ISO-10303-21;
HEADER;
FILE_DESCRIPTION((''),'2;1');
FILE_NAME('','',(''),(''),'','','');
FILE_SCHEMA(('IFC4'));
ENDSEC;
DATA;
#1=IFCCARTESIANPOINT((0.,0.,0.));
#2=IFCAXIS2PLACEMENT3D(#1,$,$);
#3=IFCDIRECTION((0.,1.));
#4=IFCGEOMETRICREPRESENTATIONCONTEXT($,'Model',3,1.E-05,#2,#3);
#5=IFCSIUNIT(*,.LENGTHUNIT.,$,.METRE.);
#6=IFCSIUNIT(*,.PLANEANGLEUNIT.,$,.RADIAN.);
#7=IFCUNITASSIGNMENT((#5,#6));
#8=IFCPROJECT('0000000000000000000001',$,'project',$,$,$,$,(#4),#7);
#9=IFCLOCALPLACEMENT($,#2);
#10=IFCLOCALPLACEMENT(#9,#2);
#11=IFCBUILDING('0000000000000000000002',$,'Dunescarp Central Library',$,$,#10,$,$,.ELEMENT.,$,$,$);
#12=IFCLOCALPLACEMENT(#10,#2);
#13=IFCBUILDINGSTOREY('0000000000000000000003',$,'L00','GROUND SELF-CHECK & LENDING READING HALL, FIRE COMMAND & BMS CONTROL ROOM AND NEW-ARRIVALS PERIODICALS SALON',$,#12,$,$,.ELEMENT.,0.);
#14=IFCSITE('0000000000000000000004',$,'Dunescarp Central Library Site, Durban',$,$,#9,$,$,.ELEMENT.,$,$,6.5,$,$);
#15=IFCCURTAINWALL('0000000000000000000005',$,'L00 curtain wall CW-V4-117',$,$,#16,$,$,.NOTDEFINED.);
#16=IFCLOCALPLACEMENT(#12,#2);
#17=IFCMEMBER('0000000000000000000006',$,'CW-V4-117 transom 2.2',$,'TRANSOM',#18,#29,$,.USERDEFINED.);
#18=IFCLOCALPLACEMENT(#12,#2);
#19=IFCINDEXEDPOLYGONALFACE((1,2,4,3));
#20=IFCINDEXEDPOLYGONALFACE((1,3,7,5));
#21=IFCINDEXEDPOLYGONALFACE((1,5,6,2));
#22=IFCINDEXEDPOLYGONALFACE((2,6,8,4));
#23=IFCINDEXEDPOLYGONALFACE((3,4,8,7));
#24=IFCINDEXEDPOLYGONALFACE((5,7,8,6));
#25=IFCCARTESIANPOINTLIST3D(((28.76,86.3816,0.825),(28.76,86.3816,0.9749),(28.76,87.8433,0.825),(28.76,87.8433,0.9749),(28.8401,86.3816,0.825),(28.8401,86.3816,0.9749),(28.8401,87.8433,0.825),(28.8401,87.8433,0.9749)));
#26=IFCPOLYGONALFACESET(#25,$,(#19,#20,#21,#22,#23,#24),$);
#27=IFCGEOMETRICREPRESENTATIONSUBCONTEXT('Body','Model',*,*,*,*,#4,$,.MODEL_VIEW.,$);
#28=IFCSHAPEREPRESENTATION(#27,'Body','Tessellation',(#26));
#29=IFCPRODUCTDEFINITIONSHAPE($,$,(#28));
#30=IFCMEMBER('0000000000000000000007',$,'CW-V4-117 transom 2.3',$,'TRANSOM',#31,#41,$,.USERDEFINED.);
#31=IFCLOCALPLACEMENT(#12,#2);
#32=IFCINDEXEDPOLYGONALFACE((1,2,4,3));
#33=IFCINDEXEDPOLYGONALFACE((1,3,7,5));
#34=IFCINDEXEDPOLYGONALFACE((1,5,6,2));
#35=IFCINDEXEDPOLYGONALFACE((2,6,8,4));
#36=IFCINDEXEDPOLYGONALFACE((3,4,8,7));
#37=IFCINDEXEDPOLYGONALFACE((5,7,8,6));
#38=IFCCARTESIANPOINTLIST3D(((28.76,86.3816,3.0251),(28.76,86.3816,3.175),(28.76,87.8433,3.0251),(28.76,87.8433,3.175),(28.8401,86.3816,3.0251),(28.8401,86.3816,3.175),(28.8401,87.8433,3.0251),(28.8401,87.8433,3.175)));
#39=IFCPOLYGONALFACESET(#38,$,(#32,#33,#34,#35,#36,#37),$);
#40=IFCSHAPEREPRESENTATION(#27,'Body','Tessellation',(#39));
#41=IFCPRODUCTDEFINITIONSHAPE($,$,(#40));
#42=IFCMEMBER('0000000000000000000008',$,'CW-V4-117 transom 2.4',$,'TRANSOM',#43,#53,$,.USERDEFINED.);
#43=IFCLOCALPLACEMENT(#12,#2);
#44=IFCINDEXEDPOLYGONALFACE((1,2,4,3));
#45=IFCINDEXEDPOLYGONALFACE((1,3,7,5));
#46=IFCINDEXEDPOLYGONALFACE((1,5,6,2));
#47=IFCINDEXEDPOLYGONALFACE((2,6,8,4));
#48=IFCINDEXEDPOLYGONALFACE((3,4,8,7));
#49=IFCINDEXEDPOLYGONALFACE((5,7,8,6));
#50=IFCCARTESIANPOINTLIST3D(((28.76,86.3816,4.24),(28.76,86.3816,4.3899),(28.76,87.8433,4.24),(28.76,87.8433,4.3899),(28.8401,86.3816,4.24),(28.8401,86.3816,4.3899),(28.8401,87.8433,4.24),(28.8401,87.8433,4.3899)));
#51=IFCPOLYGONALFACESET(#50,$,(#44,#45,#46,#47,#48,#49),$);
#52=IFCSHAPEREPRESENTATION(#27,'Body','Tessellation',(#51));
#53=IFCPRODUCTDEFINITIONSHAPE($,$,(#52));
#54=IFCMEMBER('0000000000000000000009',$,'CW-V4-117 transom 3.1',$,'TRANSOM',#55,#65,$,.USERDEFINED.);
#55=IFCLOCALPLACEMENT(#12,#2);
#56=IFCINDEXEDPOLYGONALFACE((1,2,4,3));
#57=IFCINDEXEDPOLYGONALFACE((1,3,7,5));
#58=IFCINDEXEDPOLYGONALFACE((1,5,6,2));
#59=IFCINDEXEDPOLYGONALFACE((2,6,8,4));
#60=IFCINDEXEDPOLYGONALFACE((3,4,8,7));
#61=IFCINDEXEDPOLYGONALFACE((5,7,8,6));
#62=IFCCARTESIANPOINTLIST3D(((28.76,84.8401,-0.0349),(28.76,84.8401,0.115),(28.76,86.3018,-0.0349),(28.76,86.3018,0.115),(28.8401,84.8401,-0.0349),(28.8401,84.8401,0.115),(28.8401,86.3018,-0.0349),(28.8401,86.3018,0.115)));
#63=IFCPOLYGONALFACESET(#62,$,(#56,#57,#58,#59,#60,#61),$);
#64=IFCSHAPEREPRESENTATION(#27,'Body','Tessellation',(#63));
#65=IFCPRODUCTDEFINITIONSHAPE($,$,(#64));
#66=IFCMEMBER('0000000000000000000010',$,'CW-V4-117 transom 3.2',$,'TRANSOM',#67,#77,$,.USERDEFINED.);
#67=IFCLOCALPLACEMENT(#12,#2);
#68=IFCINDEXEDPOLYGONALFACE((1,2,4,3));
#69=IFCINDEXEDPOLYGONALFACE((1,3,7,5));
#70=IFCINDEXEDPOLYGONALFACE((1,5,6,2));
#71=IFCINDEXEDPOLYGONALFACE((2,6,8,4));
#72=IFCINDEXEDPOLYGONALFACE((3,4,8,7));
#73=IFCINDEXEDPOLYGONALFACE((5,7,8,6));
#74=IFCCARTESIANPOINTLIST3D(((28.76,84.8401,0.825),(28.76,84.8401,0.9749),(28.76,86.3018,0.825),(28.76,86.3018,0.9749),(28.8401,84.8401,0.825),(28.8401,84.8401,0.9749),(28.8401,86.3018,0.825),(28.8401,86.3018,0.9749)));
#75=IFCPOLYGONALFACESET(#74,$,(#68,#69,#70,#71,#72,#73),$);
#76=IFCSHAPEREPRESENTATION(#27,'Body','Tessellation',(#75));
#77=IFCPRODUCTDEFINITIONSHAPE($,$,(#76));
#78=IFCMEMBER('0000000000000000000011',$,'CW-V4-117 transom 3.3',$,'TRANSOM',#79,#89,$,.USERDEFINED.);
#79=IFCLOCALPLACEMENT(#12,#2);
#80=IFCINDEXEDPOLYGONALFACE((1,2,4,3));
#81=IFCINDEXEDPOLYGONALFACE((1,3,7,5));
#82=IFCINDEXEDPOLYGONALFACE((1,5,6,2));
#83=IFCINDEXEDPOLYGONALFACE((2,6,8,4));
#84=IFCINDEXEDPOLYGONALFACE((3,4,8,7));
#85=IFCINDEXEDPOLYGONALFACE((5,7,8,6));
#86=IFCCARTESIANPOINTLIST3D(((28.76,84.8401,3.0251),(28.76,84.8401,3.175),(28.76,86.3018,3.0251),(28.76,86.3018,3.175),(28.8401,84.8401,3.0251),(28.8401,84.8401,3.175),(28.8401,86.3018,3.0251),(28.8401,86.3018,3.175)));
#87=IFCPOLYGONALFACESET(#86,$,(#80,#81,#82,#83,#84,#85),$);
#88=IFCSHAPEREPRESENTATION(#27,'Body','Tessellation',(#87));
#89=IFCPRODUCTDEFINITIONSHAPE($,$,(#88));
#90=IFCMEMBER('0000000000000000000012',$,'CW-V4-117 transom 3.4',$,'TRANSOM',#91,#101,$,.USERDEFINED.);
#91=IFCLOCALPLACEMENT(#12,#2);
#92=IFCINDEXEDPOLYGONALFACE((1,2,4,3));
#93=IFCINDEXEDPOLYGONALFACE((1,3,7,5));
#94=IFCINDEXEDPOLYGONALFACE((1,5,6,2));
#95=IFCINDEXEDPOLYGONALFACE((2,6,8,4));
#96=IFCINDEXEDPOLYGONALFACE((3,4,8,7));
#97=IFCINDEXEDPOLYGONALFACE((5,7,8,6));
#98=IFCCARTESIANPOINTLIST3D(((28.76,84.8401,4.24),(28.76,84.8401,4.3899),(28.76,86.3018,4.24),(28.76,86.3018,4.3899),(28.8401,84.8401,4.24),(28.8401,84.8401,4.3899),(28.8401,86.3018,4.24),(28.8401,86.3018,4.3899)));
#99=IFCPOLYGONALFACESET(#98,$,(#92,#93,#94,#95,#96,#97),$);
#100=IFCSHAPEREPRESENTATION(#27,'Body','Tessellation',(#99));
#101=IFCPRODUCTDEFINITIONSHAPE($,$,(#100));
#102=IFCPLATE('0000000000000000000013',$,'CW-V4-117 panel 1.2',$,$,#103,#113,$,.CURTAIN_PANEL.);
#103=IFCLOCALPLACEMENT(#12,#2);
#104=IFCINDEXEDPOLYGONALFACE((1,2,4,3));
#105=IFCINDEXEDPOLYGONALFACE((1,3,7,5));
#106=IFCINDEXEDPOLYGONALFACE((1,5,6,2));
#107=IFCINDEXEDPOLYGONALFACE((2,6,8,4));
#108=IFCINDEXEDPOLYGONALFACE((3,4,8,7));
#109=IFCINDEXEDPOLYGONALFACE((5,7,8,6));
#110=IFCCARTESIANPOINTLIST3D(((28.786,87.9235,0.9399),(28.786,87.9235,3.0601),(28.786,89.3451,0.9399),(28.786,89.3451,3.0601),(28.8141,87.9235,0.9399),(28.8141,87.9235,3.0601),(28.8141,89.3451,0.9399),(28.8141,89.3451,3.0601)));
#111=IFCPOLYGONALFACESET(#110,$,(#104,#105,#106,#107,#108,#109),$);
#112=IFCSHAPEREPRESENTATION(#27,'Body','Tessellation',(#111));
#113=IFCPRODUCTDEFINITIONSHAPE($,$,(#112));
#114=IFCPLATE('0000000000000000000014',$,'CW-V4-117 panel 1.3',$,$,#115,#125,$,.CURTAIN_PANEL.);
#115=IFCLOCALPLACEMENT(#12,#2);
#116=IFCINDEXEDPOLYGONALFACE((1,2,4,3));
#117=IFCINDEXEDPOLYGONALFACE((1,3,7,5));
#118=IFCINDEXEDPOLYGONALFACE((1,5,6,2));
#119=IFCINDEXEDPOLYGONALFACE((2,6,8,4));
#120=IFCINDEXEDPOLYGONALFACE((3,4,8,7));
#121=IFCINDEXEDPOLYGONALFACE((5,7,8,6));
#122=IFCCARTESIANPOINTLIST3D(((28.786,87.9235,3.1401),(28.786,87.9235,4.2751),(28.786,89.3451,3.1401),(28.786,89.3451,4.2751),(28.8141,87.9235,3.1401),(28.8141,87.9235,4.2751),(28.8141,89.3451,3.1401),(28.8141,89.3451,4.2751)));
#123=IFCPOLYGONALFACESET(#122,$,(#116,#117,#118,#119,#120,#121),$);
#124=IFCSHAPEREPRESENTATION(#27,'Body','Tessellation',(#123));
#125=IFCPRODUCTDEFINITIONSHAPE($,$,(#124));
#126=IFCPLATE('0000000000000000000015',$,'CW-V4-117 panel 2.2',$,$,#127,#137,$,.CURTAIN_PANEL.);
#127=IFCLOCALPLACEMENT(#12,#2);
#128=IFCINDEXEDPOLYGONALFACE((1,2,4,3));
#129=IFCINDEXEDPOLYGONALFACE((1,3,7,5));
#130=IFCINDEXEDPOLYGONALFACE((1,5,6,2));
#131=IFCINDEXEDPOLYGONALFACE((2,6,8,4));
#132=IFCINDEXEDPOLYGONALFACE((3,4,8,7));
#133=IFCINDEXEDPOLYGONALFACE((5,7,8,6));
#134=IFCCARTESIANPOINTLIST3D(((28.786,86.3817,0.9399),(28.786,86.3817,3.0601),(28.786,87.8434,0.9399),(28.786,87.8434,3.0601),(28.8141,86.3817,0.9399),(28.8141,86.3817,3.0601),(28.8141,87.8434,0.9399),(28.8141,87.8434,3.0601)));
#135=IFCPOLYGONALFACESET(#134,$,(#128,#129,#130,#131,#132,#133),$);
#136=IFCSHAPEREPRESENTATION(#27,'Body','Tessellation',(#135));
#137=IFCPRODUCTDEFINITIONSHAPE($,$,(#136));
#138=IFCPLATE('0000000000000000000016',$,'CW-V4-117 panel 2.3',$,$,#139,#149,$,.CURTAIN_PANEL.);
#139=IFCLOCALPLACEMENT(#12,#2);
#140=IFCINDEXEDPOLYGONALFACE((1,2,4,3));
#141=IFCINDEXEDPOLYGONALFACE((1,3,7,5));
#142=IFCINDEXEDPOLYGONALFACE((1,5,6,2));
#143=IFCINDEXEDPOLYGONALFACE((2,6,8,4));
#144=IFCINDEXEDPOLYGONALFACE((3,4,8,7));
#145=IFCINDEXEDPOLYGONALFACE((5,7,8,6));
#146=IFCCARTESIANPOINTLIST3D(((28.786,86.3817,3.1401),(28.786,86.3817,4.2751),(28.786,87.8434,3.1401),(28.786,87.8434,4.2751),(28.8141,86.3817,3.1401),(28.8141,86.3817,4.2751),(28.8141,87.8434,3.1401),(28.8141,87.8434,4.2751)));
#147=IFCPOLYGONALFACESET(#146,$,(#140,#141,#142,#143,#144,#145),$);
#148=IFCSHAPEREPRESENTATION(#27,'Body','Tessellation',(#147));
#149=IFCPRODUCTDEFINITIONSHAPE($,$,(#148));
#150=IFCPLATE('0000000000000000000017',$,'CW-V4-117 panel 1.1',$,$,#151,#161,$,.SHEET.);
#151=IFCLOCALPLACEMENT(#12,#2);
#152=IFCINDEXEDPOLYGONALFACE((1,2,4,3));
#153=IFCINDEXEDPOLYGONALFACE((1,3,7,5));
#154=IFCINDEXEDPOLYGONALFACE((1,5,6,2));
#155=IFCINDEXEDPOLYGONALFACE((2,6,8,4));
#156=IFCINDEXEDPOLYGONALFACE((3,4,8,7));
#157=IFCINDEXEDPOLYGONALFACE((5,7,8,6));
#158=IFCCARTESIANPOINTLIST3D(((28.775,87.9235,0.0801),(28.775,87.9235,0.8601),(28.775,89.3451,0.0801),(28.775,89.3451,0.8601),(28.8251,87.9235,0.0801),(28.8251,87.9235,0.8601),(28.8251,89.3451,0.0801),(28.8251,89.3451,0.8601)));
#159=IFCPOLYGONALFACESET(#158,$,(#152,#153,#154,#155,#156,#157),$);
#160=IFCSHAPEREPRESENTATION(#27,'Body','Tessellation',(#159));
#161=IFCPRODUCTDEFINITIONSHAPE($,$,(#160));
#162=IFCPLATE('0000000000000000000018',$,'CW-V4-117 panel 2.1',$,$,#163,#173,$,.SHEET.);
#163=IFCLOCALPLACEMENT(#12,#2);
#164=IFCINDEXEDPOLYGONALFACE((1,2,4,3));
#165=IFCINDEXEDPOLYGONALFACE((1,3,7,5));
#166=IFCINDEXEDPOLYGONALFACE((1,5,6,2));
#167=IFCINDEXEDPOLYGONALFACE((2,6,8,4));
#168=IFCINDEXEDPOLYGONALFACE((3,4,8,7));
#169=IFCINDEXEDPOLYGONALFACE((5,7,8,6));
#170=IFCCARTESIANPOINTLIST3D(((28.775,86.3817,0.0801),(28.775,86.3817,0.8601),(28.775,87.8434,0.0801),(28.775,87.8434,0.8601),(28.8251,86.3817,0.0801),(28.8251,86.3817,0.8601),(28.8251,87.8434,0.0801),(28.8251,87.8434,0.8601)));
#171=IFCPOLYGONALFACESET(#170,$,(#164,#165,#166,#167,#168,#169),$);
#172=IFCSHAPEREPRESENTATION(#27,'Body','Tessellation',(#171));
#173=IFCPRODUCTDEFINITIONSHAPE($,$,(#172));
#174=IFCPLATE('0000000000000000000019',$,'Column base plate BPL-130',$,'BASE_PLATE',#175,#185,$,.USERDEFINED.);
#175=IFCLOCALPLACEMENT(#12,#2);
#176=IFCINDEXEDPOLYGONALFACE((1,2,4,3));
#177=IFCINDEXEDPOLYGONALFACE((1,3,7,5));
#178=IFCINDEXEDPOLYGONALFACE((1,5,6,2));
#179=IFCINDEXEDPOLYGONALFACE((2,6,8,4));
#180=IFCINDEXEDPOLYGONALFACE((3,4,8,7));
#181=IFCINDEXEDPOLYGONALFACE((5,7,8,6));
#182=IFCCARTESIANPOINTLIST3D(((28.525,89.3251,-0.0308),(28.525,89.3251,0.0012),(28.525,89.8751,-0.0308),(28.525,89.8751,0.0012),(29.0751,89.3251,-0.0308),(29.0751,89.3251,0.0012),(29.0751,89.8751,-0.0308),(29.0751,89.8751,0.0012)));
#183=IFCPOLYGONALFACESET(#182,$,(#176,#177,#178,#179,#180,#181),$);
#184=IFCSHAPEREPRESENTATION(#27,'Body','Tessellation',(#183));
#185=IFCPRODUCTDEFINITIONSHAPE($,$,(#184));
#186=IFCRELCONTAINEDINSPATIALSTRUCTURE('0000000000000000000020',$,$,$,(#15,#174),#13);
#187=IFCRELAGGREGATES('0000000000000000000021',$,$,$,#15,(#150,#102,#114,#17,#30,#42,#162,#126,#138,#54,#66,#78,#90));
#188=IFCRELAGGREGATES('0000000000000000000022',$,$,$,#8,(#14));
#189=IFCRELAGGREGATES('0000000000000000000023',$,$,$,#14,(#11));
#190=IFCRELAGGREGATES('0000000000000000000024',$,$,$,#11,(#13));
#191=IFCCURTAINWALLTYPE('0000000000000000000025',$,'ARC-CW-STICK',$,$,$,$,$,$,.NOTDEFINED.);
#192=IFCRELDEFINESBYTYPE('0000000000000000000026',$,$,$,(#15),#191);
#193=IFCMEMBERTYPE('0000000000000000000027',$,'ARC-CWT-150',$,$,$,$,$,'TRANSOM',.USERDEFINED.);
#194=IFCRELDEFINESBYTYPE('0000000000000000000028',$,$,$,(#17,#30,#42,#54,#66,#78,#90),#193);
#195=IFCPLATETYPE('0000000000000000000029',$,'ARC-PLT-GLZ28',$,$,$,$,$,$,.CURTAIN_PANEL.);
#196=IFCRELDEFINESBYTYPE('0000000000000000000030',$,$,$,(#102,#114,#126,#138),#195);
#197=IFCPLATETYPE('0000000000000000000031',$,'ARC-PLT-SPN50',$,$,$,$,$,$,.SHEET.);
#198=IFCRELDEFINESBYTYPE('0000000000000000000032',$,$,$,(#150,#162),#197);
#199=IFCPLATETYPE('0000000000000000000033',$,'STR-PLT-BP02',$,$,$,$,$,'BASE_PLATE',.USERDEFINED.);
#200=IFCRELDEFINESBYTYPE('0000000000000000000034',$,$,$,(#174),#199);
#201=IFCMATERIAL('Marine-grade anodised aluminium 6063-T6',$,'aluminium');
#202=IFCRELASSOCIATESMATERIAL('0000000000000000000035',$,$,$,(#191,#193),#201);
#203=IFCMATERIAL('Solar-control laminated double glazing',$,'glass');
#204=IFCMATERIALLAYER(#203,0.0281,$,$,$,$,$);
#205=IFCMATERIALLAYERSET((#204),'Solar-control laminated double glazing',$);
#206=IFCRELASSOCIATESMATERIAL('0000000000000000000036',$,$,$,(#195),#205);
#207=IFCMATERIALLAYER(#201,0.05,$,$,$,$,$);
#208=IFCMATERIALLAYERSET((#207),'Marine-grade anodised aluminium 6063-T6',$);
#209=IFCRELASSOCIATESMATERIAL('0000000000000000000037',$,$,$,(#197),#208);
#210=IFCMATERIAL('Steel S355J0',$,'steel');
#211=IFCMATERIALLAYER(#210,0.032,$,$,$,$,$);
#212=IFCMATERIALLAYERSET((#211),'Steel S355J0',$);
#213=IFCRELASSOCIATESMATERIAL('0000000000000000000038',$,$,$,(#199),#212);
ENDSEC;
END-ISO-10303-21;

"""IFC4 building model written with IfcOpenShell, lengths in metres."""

from ifc_helpers import new_model, si_unit, direction, frame, origin, origin_2d, place, context, subcontext, project, spatial, rectangle, extrude, material, layer, layer_set, material_profile, profile_set, type_object, element, aggregate, save


model = new_model("IFC4")

# Units and contexts
model_context = context("Model", 3, precision=1e-05, world=origin(), true_north=direction((0.0, 1.0)))
body_context = subcontext(model_context, "Body", "Model", "MODEL_VIEW")
ifc_project = project(units=[si_unit("LENGTHUNIT", "METRE"), si_unit("PLANEANGLEUNIT", "RADIAN")], contexts=[model_context])

# Site, building, storey
site_placement = place(None, origin())
site = spatial("IfcSite", under=ifc_project, at=site_placement, Name="Dunescarp Central Library Site, Durban", CompositionType="ELEMENT", RefElevation=6.5)
building_placement = place(site_placement, origin())
building = spatial("IfcBuilding", under=site, at=building_placement, Name="Dunescarp Central Library", CompositionType="ELEMENT")
storey_placement = place(building_placement, origin())
storey = spatial("IfcBuildingStorey", under=building, at=storey_placement, Name="L00", Description="GROUND SELF-CHECK & LENDING READING HALL, FIRE COMMAND & BMS CONTROL ROOM AND NEW-ARRIVALS PERIODICALS SALON", CompositionType="ELEMENT", Elevation=0.0)

# Curtain wall, members, plates
ifc_material_1 = material(Name="Marine-grade anodised aluminium 6063-T6", Category="aluminium")
curtain_wall_type = type_object("IfcCurtainWallType", Name="ARC-CW-STICK", PredefinedType="NOTDEFINED", material=ifc_material_1)
curtain_wall_placement = place(storey_placement, origin())
curtain_wall = element("IfcCurtainWall", 1, at=curtain_wall_placement, inside=storey, type_object=curtain_wall_type, Name="L00 curtain wall CW-V4-117", PredefinedType="NOTDEFINED")
ifc_material_profile_1 = material_profile(ifc_material_1, rectangle(XDim=0.0801, YDim=0.1499, at=origin_2d()), Name="AL 80x150")
ifc_profile_set_1 = profile_set([ifc_material_profile_1], Name="Marine-grade anodised aluminium 6063-T6")
member_type_1 = type_object("IfcMemberType", Name="ARC-CWT-150", ElementType="TRANSOM", PredefinedType="USERDEFINED", material=ifc_profile_set_1)
member_1_placement = place(storey_placement, frame((28.8, 87.8433, 0.8999), z_axis=(0.0, -1.0, 0.0), x_axis=(1.0, 0.0, 0.0)))
member_1 = element("IfcMember", 2, at=member_1_placement, type_object=member_type_1, Name="CW-V4-117 transom 2.2", ObjectType="TRANSOM", PredefinedType="USERDEFINED", context=body_context, shape_type="SweptSolid", body=[
    extrude(rectangle(XDim=0.0801, YDim=0.1499, at=origin_2d()), origin(), (0.0, 0.0, 1.0), 1.4617),
])
member_2_placement = place(storey_placement, frame((28.8, 87.8433, 3.1001), z_axis=(0.0, -1.0, 0.0), x_axis=(1.0, 0.0, 0.0)))
member_2 = element("IfcMember", 3, at=member_2_placement, type_object=member_type_1, Name="CW-V4-117 transom 2.3", ObjectType="TRANSOM", PredefinedType="USERDEFINED", context=body_context, shape_type="SweptSolid", body=[
    extrude(rectangle(XDim=0.0801, YDim=0.1499, at=origin_2d()), origin(), (0.0, 0.0, 1.0), 1.4617),
])
member_3_placement = place(storey_placement, frame((28.8, 87.8433, 4.3149), z_axis=(0.0, -1.0, 0.0), x_axis=(1.0, 0.0, 0.0)))
member_3 = element("IfcMember", 4, at=member_3_placement, type_object=member_type_1, Name="CW-V4-117 transom 2.4", ObjectType="TRANSOM", PredefinedType="USERDEFINED", context=body_context, shape_type="SweptSolid", body=[
    extrude(rectangle(XDim=0.0801, YDim=0.1499, at=origin_2d()), origin(), (0.0, 0.0, 1.0), 1.4617),
])
member_4_placement = place(storey_placement, frame((28.8, 86.3018, 0.04), z_axis=(0.0, -1.0, 0.0), x_axis=(1.0, 0.0, 0.0)))
member_4 = element("IfcMember", 5, at=member_4_placement, type_object=member_type_1, Name="CW-V4-117 transom 3.1", ObjectType="TRANSOM", PredefinedType="USERDEFINED", context=body_context, shape_type="SweptSolid", body=[
    extrude(rectangle(XDim=0.0801, YDim=0.1499, at=origin_2d()), origin(), (0.0, 0.0, 1.0), 1.4617),
])
member_5_placement = place(storey_placement, frame((28.8, 86.3018, 0.8999), z_axis=(0.0, -1.0, 0.0), x_axis=(1.0, 0.0, 0.0)))
member_5 = element("IfcMember", 6, at=member_5_placement, type_object=member_type_1, Name="CW-V4-117 transom 3.2", ObjectType="TRANSOM", PredefinedType="USERDEFINED", context=body_context, shape_type="SweptSolid", body=[
    extrude(rectangle(XDim=0.0801, YDim=0.1499, at=origin_2d()), origin(), (0.0, 0.0, 1.0), 1.4617),
])
member_6_placement = place(storey_placement, frame((28.8, 86.3018, 3.1001), z_axis=(0.0, -1.0, 0.0), x_axis=(1.0, 0.0, 0.0)))
member_6 = element("IfcMember", 7, at=member_6_placement, type_object=member_type_1, Name="CW-V4-117 transom 3.3", ObjectType="TRANSOM", PredefinedType="USERDEFINED", context=body_context, shape_type="SweptSolid", body=[
    extrude(rectangle(XDim=0.0801, YDim=0.1499, at=origin_2d()), origin(), (0.0, 0.0, 1.0), 1.4617),
])
member_7_placement = place(storey_placement, frame((28.8, 86.3018, 4.3149), z_axis=(0.0, -1.0, 0.0), x_axis=(1.0, 0.0, 0.0)))
member_7 = element("IfcMember", 8, at=member_7_placement, type_object=member_type_1, Name="CW-V4-117 transom 3.4", ObjectType="TRANSOM", PredefinedType="USERDEFINED", context=body_context, shape_type="SweptSolid", body=[
    extrude(rectangle(XDim=0.0801, YDim=0.1499, at=origin_2d()), origin(), (0.0, 0.0, 1.0), 1.4617),
])
ifc_material_2 = material(Name="Solar-control laminated double glazing", Category="glass")
ifc_layer_1 = layer(ifc_material_2, 0.0281)
ifc_layer_set_1 = layer_set([ifc_layer_1], Name="Solar-control laminated double glazing")
plate_type_1 = type_object("IfcPlateType", Name="ARC-PLT-GLZ28", PredefinedType="CURTAIN_PANEL", material=ifc_layer_set_1)
plate_1_placement = place(storey_placement, frame((28.8, 88.6343, 0.9399), z_axis=(0.0, 0.0, 1.0), x_axis=(0.0, -1.0, 0.0)))
plate_1 = element("IfcPlate", 9, at=plate_1_placement, type_object=plate_type_1, Name="CW-V4-117 panel 1.2", PredefinedType="CURTAIN_PANEL", context=body_context, shape_type="SweptSolid", body=[
    extrude(rectangle(XDim=1.4216, YDim=0.0281, at=origin_2d()), origin(), (0.0, 0.0, 1.0), 2.1201),
])
plate_2_placement = place(storey_placement, frame((28.8, 88.6343, 3.1401), z_axis=(0.0, 0.0, 1.0), x_axis=(0.0, -1.0, 0.0)))
plate_2 = element("IfcPlate", 10, at=plate_2_placement, type_object=plate_type_1, Name="CW-V4-117 panel 1.3", PredefinedType="CURTAIN_PANEL", context=body_context, shape_type="SweptSolid", body=[
    extrude(rectangle(XDim=1.4216, YDim=0.0281, at=origin_2d()), origin(), (0.0, 0.0, 1.0), 1.135),
])
plate_3_placement = place(storey_placement, frame((28.8, 87.1125, 0.9399), z_axis=(0.0, 0.0, 1.0), x_axis=(0.0, -1.0, 0.0)))
plate_3 = element("IfcPlate", 11, at=plate_3_placement, type_object=plate_type_1, Name="CW-V4-117 panel 2.2", PredefinedType="CURTAIN_PANEL", context=body_context, shape_type="SweptSolid", body=[
    extrude(rectangle(XDim=1.4617, YDim=0.0281, at=origin_2d()), origin(), (0.0, 0.0, 1.0), 2.1201),
])
plate_4_placement = place(storey_placement, frame((28.8, 87.1125, 3.1401), z_axis=(0.0, 0.0, 1.0), x_axis=(0.0, -1.0, 0.0)))
plate_4 = element("IfcPlate", 12, at=plate_4_placement, type_object=plate_type_1, Name="CW-V4-117 panel 2.3", PredefinedType="CURTAIN_PANEL", context=body_context, shape_type="SweptSolid", body=[
    extrude(rectangle(XDim=1.4617, YDim=0.0281, at=origin_2d()), origin(), (0.0, 0.0, 1.0), 1.135),
])
ifc_layer_2 = layer(ifc_material_1, 0.05)
ifc_layer_set_2 = layer_set([ifc_layer_2], Name="Marine-grade anodised aluminium 6063-T6")
plate_type_2 = type_object("IfcPlateType", Name="ARC-PLT-SPN50", PredefinedType="SHEET", material=ifc_layer_set_2)
plate_5_placement = place(storey_placement, frame((28.8, 88.6343, 0.0801), z_axis=(0.0, 0.0, 1.0), x_axis=(0.0, -1.0, 0.0)))
plate_5 = element("IfcPlate", 13, at=plate_5_placement, type_object=plate_type_2, Name="CW-V4-117 panel 1.1", PredefinedType="SHEET", context=body_context, shape_type="SweptSolid", body=[
    extrude(rectangle(XDim=1.4216, YDim=0.05, at=origin_2d()), origin(), (0.0, 0.0, 1.0), 0.78),
])
plate_6_placement = place(storey_placement, frame((28.8, 87.1125, 0.0801), z_axis=(0.0, 0.0, 1.0), x_axis=(0.0, -1.0, 0.0)))
plate_6 = element("IfcPlate", 14, at=plate_6_placement, type_object=plate_type_2, Name="CW-V4-117 panel 2.1", PredefinedType="SHEET", context=body_context, shape_type="SweptSolid", body=[
    extrude(rectangle(XDim=1.4617, YDim=0.05, at=origin_2d()), origin(), (0.0, 0.0, 1.0), 0.78),
])
aggregate(curtain_wall, [plate_5, plate_1, plate_2, member_1, member_2, member_3, plate_6, plate_3, plate_4, member_4, member_5, member_6, member_7])

# Plate
ifc_material_3 = material(Name="Steel S355J0", Category="steel")
ifc_layer_3 = layer(ifc_material_3, 0.032)
ifc_layer_set_3 = layer_set([ifc_layer_3], Name="Steel S355J0")
plate_type_3 = type_object("IfcPlateType", Name="STR-PLT-BP02", ElementType="BASE_PLATE", PredefinedType="USERDEFINED", material=ifc_layer_set_3)
plate_7_placement = place(storey_placement, frame((28.8, 89.6001, -0.0308), z_axis=(0.0, 0.0, 1.0), x_axis=(1.0, 0.0, 0.0)))
element("IfcPlate", 15, at=plate_7_placement, inside=storey, type_object=plate_type_3, Name="Column base plate BPL-130", ObjectType="BASE_PLATE", PredefinedType="USERDEFINED", context=body_context, shape_type="SweptSolid", body=[
    extrude(rectangle(XDim=0.55, YDim=0.55, at=origin_2d()), origin(), (0.0, 0.0, 1.0), 0.032),
])

save(model, "model.ifc")
